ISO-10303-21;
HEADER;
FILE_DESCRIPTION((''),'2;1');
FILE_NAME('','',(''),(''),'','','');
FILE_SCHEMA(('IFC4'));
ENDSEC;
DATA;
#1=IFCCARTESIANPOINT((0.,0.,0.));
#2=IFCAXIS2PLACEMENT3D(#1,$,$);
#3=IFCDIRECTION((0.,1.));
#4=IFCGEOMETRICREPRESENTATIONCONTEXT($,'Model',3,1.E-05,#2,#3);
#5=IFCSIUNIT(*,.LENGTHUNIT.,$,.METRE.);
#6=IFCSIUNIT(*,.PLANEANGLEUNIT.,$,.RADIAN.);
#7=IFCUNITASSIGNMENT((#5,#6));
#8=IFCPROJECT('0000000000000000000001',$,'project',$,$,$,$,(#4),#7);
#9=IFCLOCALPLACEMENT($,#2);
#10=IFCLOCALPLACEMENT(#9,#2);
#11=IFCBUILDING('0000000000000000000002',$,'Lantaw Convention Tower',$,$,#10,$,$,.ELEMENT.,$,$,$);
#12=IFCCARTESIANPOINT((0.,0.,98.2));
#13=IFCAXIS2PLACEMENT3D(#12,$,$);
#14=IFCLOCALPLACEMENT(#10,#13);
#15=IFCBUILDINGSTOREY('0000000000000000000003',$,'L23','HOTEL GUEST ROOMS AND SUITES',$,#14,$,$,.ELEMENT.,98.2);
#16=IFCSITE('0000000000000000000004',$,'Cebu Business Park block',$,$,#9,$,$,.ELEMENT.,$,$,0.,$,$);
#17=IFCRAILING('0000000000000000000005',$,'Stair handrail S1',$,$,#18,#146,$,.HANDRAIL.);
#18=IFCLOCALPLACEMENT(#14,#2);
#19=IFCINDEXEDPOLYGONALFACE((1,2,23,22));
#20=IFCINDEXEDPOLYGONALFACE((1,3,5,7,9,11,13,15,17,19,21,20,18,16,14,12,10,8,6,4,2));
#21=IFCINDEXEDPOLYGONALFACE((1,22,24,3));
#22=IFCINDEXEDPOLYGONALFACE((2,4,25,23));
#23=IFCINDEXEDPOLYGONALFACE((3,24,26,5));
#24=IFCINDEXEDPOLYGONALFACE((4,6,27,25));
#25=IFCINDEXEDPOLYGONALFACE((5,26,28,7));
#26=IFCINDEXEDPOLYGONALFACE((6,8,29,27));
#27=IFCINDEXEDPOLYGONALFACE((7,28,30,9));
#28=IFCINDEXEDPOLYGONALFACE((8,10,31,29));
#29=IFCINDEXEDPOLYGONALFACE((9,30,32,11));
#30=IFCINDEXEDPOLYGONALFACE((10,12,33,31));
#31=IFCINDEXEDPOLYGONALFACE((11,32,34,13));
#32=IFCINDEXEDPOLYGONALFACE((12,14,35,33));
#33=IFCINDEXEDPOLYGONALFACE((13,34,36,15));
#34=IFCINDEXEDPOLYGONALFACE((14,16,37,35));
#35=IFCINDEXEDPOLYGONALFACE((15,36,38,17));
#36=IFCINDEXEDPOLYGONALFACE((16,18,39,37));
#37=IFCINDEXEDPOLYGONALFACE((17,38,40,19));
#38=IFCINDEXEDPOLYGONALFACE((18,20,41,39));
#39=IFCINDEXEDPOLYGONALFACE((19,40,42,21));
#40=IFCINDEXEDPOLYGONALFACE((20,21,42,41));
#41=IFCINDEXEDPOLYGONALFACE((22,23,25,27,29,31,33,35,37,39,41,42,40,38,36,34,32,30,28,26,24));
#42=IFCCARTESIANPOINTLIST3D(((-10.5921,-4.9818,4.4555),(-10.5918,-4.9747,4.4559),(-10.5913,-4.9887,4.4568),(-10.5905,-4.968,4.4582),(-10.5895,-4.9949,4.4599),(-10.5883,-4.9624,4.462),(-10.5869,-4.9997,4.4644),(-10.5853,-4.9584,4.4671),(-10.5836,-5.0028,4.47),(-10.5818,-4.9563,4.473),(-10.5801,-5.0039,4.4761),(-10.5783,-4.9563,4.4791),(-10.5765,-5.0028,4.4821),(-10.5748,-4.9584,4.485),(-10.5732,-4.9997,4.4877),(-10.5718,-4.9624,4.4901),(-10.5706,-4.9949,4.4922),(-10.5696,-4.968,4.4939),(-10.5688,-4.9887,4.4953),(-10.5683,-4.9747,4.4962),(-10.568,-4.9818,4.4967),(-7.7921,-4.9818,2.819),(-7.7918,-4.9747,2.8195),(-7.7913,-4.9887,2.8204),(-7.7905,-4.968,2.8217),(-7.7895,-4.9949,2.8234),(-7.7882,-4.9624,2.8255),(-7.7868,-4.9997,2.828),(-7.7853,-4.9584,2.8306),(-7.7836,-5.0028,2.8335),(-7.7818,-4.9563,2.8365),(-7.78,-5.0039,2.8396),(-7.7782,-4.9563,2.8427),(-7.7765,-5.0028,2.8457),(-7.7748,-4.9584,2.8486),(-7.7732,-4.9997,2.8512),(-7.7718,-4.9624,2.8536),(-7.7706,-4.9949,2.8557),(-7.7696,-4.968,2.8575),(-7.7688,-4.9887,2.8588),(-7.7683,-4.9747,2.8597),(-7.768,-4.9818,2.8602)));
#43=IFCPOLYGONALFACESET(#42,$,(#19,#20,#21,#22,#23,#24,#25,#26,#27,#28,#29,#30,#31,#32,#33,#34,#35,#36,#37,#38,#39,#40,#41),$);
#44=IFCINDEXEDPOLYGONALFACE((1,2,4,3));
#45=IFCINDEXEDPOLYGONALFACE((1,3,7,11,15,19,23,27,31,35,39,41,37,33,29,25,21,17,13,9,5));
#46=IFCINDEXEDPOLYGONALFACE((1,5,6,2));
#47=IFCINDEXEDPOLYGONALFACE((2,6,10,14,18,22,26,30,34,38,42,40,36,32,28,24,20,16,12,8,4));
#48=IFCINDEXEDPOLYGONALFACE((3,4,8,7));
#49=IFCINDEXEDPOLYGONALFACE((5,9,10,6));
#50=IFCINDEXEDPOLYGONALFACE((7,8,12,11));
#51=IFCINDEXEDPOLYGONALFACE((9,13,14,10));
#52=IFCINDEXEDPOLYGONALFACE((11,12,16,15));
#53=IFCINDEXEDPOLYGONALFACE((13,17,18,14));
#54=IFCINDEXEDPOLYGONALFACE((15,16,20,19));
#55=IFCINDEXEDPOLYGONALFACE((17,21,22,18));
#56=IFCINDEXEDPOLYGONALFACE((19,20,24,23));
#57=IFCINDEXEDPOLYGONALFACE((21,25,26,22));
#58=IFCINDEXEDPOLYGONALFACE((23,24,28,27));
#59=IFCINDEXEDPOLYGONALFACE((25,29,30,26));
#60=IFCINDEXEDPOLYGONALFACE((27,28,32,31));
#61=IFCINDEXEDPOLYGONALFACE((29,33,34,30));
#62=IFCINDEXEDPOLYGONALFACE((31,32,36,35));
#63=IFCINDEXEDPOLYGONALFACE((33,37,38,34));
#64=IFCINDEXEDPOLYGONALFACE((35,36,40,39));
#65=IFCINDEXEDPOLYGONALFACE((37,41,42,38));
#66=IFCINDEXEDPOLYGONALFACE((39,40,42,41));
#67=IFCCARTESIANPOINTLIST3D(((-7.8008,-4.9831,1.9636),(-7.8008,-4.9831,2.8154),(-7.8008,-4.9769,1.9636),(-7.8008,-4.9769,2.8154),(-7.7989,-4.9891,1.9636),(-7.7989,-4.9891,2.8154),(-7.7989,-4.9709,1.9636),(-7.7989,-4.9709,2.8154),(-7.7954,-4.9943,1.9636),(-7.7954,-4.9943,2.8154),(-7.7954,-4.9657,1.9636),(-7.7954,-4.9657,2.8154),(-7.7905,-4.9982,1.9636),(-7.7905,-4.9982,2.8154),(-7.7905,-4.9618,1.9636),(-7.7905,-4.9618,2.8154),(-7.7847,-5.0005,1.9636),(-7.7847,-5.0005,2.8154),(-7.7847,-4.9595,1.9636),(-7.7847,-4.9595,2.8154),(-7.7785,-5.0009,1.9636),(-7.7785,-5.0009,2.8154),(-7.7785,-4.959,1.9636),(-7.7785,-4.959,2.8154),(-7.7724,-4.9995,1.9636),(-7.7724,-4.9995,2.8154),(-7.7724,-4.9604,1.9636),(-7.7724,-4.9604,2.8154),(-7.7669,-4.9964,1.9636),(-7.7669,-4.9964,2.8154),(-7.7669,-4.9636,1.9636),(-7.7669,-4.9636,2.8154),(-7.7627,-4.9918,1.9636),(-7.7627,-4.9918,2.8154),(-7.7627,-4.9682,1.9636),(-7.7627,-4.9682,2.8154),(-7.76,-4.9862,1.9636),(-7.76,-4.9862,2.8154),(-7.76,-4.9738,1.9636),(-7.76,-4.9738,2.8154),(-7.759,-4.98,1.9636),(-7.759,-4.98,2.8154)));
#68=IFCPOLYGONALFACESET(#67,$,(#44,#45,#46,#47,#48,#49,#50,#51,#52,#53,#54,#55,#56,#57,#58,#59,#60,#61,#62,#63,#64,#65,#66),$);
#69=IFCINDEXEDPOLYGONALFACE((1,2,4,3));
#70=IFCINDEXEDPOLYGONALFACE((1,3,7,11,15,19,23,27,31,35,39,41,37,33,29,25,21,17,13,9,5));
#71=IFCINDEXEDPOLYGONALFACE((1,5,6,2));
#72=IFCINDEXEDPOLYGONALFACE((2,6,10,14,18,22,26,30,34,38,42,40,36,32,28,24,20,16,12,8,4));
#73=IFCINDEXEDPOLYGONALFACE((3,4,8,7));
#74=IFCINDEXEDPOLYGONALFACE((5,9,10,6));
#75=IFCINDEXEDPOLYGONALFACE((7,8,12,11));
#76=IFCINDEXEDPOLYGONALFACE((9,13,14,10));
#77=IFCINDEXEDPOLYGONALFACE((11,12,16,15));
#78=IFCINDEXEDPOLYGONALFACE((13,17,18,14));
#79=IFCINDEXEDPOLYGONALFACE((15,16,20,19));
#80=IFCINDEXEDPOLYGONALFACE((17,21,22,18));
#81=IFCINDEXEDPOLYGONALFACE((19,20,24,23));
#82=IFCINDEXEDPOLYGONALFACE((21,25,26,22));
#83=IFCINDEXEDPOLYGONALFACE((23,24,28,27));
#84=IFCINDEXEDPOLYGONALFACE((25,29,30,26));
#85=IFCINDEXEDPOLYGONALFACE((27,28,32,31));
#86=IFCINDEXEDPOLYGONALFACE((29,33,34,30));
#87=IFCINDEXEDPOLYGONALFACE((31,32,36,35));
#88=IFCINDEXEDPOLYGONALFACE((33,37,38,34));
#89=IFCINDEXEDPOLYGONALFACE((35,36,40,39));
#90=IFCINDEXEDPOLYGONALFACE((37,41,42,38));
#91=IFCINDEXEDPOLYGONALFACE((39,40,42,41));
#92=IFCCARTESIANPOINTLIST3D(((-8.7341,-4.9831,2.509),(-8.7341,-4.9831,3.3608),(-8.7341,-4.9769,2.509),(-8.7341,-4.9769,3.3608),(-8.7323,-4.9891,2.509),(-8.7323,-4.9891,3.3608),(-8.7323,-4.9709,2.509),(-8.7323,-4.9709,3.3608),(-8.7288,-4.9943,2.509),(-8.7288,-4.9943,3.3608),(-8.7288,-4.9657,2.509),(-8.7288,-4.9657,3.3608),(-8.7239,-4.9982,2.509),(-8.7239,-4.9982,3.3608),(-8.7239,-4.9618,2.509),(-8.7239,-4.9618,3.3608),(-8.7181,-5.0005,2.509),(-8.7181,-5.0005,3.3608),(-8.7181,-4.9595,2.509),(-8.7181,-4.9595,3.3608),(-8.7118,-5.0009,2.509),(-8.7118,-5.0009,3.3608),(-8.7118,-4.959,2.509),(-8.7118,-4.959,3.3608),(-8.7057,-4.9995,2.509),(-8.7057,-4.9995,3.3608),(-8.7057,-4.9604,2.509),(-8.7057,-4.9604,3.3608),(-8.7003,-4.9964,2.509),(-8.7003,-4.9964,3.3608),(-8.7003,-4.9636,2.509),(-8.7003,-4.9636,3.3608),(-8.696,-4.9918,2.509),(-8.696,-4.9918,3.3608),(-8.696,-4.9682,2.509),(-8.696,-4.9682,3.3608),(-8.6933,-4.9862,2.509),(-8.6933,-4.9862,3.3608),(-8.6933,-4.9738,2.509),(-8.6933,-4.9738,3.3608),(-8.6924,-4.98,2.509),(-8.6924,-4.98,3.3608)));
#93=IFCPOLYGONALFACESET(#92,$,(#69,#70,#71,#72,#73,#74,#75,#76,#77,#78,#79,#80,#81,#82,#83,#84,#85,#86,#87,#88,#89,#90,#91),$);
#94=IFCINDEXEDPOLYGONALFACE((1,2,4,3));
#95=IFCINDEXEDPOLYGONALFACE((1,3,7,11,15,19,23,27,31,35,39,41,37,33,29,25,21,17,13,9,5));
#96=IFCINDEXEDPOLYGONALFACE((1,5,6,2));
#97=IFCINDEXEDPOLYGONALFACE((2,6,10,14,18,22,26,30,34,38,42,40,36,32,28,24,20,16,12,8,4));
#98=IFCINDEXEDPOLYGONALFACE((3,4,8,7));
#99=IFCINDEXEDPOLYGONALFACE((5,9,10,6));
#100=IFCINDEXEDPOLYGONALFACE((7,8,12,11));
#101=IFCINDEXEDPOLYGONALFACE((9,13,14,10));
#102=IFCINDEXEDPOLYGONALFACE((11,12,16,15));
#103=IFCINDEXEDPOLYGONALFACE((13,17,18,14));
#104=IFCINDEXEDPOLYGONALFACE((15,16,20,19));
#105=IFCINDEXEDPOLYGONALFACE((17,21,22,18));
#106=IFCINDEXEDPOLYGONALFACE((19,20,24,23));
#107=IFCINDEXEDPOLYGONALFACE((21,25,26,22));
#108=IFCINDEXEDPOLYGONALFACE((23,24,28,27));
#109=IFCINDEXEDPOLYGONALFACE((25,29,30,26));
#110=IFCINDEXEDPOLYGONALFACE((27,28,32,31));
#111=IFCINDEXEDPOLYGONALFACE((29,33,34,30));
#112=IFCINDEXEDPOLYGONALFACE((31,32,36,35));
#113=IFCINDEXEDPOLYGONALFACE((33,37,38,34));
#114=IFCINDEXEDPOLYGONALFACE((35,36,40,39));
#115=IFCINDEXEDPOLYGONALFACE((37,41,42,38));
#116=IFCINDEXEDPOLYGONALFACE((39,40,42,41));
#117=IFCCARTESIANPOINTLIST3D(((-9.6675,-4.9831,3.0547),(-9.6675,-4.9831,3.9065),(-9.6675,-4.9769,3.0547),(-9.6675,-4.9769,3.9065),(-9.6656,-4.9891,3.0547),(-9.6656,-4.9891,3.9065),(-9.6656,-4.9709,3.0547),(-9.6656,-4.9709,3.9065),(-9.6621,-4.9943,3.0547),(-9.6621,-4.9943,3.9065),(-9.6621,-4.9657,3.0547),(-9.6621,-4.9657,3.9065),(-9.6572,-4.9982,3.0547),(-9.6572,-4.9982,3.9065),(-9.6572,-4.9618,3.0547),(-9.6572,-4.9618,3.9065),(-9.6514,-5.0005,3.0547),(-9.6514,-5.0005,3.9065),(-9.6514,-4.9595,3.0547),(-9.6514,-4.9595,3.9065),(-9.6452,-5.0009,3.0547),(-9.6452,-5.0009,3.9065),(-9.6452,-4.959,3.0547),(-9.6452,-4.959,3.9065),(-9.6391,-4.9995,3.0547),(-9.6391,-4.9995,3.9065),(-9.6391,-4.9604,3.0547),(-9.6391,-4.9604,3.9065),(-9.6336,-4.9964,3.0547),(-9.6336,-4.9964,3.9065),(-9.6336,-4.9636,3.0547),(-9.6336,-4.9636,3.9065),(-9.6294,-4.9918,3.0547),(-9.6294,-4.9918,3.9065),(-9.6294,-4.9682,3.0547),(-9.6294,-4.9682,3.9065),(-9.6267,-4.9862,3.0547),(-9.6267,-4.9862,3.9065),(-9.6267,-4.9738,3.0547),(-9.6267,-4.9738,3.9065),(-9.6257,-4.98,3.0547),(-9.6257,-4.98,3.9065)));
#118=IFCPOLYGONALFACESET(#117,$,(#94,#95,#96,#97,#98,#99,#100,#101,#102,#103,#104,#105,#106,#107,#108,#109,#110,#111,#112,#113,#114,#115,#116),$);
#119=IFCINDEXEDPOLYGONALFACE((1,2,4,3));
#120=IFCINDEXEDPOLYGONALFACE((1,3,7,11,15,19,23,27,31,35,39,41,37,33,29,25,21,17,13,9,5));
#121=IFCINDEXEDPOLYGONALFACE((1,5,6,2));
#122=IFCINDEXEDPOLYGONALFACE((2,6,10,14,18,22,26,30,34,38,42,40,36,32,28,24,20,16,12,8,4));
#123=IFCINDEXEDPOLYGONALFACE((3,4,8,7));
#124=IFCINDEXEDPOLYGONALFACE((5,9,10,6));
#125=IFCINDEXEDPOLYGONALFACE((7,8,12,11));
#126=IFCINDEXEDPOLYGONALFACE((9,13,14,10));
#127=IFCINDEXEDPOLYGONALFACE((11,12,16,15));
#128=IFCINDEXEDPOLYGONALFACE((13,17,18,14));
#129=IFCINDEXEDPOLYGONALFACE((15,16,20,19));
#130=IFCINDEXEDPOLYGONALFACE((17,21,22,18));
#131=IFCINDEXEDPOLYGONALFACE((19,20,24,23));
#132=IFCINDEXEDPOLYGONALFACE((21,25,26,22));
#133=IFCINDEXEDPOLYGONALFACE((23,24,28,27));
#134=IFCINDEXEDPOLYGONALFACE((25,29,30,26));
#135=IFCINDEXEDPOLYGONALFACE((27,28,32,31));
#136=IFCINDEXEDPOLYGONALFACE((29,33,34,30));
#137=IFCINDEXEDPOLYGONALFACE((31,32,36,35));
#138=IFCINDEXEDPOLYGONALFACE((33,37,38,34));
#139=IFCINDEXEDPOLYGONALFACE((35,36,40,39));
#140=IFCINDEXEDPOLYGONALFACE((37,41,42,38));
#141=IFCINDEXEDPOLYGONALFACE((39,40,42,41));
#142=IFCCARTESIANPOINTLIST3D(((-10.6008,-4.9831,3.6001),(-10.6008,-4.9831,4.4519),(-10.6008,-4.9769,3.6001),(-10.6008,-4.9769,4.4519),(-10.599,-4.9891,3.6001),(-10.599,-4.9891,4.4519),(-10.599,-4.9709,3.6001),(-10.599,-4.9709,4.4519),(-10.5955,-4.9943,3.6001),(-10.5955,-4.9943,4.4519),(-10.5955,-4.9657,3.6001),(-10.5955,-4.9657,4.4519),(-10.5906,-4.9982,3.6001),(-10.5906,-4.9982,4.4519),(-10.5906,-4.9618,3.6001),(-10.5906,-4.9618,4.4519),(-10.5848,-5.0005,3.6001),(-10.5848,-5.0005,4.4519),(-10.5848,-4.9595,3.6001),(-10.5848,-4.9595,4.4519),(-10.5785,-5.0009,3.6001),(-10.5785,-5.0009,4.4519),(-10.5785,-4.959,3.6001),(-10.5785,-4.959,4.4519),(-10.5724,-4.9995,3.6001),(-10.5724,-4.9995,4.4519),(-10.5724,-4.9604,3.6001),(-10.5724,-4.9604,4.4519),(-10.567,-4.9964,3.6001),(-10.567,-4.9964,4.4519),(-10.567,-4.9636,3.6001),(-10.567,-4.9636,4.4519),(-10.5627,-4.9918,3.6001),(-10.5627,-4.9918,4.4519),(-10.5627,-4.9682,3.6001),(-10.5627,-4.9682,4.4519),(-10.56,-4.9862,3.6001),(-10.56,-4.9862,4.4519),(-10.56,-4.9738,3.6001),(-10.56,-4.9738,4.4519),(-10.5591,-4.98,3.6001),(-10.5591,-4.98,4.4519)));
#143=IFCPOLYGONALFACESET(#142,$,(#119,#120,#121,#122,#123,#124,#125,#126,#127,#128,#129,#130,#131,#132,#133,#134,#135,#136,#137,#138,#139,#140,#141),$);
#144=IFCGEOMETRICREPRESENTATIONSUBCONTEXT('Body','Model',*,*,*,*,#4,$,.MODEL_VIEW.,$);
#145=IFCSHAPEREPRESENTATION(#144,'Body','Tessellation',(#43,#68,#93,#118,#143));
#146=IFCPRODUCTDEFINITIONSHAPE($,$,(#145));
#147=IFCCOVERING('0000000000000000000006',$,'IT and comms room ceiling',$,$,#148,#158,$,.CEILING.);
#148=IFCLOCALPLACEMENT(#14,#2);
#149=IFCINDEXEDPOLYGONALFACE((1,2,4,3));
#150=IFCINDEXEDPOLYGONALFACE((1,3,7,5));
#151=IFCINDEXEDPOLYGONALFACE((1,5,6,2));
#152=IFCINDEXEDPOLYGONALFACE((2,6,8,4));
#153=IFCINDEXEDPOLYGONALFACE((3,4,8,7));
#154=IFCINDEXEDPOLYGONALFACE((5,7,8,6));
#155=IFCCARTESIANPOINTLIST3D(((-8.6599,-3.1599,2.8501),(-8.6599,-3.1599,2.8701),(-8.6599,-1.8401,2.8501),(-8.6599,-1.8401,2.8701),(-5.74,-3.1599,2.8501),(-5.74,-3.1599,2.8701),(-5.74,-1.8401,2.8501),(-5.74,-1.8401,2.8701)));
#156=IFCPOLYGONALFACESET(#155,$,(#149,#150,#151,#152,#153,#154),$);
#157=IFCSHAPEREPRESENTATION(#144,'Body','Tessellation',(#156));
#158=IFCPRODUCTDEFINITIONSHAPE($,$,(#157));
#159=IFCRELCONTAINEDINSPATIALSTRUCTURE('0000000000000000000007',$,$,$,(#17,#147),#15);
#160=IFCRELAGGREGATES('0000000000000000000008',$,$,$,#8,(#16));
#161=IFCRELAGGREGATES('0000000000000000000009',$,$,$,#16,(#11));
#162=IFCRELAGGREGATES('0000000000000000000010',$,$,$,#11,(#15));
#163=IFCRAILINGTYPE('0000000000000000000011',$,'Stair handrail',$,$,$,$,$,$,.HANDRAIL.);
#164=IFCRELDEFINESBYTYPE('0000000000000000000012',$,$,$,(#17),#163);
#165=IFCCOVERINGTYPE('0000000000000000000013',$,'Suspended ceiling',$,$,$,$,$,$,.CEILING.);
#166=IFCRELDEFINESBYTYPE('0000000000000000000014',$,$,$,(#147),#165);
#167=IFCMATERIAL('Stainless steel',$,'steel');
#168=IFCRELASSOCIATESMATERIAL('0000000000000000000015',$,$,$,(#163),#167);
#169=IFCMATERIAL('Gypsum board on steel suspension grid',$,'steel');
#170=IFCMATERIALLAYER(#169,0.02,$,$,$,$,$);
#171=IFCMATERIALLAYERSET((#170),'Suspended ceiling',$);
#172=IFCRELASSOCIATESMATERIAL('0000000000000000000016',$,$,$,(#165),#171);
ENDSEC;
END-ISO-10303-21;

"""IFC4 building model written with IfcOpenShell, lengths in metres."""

from ifc_helpers import new_model, si_unit, direction, frame, origin, origin_2d, place, context, subcontext, project, spatial, polyline, circle, outline, extrude, material, layer, layer_set, type_object, element, save


model = new_model("IFC4")

# Units and contexts
model_context = context("Model", 3, precision=1e-05, world=origin(), true_north=direction((0.0, 1.0)))
body_context = subcontext(model_context, "Body", "Model", "MODEL_VIEW")
ifc_project = project(units=[si_unit("LENGTHUNIT", "METRE"), si_unit("PLANEANGLEUNIT", "RADIAN")], contexts=[model_context])

# Site, building, storey
site_placement = place(None, origin())
site = spatial("IfcSite", under=ifc_project, at=site_placement, Name="Cebu Business Park block", CompositionType="ELEMENT", RefElevation=0.0)
building_placement = place(site_placement, origin())
building = spatial("IfcBuilding", under=site, at=building_placement, Name="Lantaw Convention Tower", CompositionType="ELEMENT")
storey_placement = place(building_placement, frame((0.0, 0.0, 98.2)))
storey = spatial("IfcBuildingStorey", under=building, at=storey_placement, Name="L23", Description="HOTEL GUEST ROOMS AND SUITES", CompositionType="ELEMENT", Elevation=98.2)

# Shared definitions
ifc_material_1 = material(Name="Stainless steel", Category="steel")

# Railing
railing_type = type_object("IfcRailingType", Name="Stair handrail", PredefinedType="HANDRAIL", material=ifc_material_1)
railing_1_placement = place(storey_placement, frame((-7.78, -4.98, 1.9636)))
element("IfcRailing", 1, at=railing_1_placement, inside=storey, type_object=railing_type, Name="Stair handrail S1", PredefinedType="HANDRAIL", context=body_context, shape_type="SweptSolid", body=[
    extrude(circle(Radius=0.0239, at=origin_2d()), frame((0.0, 0.0, 0.876), z_axis=(-0.863361, 0.0, 0.504587), x_axis=(0.0, -1.0, 0.0)), (0.0, 0.0, 1.0), 3.2432),
    extrude(circle(Radius=0.021, at=origin_2d()), origin(), (0.0, 0.0, 1.0), 0.8518),
    extrude(circle(Radius=0.021, at=origin_2d()), frame((-0.9333, 0.0, 0.5454)), (0.0, 0.0, 1.0), 0.8518),
    extrude(circle(Radius=0.021, at=origin_2d()), frame((-1.8667, 0.0, 1.0911)), (0.0, 0.0, 1.0), 0.8518),
    extrude(circle(Radius=0.021, at=origin_2d()), frame((-2.8, 0.0, 1.6365)), (0.0, 0.0, 1.0), 0.8518),
])

# Covering
ifc_material_2 = material(Name="Gypsum board on steel suspension grid", Category="steel")
ifc_layer_1 = layer(ifc_material_2, 0.02)
ifc_layer_set_1 = layer_set([ifc_layer_1], Name="Suspended ceiling")
covering_type = type_object("IfcCoveringType", Name="Suspended ceiling", PredefinedType="CEILING", material=ifc_layer_set_1)
covering_placement = place(storey_placement, frame((0.0, 0.0, 2.8501)))
element("IfcCovering", 2, at=covering_placement, inside=storey, type_object=covering_type, Name="IT and comms room ceiling", PredefinedType="CEILING", context=body_context, shape_type="SweptSolid", body=[
    extrude(outline(polyline([(-8.6599, -3.1599), (-5.74, -3.1599), (-5.74, -1.8401), (-8.6599, -1.8401), (-8.6599, -3.1599)])), origin(), (0.0, 0.0, 1.0), 0.02),
])

save(model, "model.ifc")
